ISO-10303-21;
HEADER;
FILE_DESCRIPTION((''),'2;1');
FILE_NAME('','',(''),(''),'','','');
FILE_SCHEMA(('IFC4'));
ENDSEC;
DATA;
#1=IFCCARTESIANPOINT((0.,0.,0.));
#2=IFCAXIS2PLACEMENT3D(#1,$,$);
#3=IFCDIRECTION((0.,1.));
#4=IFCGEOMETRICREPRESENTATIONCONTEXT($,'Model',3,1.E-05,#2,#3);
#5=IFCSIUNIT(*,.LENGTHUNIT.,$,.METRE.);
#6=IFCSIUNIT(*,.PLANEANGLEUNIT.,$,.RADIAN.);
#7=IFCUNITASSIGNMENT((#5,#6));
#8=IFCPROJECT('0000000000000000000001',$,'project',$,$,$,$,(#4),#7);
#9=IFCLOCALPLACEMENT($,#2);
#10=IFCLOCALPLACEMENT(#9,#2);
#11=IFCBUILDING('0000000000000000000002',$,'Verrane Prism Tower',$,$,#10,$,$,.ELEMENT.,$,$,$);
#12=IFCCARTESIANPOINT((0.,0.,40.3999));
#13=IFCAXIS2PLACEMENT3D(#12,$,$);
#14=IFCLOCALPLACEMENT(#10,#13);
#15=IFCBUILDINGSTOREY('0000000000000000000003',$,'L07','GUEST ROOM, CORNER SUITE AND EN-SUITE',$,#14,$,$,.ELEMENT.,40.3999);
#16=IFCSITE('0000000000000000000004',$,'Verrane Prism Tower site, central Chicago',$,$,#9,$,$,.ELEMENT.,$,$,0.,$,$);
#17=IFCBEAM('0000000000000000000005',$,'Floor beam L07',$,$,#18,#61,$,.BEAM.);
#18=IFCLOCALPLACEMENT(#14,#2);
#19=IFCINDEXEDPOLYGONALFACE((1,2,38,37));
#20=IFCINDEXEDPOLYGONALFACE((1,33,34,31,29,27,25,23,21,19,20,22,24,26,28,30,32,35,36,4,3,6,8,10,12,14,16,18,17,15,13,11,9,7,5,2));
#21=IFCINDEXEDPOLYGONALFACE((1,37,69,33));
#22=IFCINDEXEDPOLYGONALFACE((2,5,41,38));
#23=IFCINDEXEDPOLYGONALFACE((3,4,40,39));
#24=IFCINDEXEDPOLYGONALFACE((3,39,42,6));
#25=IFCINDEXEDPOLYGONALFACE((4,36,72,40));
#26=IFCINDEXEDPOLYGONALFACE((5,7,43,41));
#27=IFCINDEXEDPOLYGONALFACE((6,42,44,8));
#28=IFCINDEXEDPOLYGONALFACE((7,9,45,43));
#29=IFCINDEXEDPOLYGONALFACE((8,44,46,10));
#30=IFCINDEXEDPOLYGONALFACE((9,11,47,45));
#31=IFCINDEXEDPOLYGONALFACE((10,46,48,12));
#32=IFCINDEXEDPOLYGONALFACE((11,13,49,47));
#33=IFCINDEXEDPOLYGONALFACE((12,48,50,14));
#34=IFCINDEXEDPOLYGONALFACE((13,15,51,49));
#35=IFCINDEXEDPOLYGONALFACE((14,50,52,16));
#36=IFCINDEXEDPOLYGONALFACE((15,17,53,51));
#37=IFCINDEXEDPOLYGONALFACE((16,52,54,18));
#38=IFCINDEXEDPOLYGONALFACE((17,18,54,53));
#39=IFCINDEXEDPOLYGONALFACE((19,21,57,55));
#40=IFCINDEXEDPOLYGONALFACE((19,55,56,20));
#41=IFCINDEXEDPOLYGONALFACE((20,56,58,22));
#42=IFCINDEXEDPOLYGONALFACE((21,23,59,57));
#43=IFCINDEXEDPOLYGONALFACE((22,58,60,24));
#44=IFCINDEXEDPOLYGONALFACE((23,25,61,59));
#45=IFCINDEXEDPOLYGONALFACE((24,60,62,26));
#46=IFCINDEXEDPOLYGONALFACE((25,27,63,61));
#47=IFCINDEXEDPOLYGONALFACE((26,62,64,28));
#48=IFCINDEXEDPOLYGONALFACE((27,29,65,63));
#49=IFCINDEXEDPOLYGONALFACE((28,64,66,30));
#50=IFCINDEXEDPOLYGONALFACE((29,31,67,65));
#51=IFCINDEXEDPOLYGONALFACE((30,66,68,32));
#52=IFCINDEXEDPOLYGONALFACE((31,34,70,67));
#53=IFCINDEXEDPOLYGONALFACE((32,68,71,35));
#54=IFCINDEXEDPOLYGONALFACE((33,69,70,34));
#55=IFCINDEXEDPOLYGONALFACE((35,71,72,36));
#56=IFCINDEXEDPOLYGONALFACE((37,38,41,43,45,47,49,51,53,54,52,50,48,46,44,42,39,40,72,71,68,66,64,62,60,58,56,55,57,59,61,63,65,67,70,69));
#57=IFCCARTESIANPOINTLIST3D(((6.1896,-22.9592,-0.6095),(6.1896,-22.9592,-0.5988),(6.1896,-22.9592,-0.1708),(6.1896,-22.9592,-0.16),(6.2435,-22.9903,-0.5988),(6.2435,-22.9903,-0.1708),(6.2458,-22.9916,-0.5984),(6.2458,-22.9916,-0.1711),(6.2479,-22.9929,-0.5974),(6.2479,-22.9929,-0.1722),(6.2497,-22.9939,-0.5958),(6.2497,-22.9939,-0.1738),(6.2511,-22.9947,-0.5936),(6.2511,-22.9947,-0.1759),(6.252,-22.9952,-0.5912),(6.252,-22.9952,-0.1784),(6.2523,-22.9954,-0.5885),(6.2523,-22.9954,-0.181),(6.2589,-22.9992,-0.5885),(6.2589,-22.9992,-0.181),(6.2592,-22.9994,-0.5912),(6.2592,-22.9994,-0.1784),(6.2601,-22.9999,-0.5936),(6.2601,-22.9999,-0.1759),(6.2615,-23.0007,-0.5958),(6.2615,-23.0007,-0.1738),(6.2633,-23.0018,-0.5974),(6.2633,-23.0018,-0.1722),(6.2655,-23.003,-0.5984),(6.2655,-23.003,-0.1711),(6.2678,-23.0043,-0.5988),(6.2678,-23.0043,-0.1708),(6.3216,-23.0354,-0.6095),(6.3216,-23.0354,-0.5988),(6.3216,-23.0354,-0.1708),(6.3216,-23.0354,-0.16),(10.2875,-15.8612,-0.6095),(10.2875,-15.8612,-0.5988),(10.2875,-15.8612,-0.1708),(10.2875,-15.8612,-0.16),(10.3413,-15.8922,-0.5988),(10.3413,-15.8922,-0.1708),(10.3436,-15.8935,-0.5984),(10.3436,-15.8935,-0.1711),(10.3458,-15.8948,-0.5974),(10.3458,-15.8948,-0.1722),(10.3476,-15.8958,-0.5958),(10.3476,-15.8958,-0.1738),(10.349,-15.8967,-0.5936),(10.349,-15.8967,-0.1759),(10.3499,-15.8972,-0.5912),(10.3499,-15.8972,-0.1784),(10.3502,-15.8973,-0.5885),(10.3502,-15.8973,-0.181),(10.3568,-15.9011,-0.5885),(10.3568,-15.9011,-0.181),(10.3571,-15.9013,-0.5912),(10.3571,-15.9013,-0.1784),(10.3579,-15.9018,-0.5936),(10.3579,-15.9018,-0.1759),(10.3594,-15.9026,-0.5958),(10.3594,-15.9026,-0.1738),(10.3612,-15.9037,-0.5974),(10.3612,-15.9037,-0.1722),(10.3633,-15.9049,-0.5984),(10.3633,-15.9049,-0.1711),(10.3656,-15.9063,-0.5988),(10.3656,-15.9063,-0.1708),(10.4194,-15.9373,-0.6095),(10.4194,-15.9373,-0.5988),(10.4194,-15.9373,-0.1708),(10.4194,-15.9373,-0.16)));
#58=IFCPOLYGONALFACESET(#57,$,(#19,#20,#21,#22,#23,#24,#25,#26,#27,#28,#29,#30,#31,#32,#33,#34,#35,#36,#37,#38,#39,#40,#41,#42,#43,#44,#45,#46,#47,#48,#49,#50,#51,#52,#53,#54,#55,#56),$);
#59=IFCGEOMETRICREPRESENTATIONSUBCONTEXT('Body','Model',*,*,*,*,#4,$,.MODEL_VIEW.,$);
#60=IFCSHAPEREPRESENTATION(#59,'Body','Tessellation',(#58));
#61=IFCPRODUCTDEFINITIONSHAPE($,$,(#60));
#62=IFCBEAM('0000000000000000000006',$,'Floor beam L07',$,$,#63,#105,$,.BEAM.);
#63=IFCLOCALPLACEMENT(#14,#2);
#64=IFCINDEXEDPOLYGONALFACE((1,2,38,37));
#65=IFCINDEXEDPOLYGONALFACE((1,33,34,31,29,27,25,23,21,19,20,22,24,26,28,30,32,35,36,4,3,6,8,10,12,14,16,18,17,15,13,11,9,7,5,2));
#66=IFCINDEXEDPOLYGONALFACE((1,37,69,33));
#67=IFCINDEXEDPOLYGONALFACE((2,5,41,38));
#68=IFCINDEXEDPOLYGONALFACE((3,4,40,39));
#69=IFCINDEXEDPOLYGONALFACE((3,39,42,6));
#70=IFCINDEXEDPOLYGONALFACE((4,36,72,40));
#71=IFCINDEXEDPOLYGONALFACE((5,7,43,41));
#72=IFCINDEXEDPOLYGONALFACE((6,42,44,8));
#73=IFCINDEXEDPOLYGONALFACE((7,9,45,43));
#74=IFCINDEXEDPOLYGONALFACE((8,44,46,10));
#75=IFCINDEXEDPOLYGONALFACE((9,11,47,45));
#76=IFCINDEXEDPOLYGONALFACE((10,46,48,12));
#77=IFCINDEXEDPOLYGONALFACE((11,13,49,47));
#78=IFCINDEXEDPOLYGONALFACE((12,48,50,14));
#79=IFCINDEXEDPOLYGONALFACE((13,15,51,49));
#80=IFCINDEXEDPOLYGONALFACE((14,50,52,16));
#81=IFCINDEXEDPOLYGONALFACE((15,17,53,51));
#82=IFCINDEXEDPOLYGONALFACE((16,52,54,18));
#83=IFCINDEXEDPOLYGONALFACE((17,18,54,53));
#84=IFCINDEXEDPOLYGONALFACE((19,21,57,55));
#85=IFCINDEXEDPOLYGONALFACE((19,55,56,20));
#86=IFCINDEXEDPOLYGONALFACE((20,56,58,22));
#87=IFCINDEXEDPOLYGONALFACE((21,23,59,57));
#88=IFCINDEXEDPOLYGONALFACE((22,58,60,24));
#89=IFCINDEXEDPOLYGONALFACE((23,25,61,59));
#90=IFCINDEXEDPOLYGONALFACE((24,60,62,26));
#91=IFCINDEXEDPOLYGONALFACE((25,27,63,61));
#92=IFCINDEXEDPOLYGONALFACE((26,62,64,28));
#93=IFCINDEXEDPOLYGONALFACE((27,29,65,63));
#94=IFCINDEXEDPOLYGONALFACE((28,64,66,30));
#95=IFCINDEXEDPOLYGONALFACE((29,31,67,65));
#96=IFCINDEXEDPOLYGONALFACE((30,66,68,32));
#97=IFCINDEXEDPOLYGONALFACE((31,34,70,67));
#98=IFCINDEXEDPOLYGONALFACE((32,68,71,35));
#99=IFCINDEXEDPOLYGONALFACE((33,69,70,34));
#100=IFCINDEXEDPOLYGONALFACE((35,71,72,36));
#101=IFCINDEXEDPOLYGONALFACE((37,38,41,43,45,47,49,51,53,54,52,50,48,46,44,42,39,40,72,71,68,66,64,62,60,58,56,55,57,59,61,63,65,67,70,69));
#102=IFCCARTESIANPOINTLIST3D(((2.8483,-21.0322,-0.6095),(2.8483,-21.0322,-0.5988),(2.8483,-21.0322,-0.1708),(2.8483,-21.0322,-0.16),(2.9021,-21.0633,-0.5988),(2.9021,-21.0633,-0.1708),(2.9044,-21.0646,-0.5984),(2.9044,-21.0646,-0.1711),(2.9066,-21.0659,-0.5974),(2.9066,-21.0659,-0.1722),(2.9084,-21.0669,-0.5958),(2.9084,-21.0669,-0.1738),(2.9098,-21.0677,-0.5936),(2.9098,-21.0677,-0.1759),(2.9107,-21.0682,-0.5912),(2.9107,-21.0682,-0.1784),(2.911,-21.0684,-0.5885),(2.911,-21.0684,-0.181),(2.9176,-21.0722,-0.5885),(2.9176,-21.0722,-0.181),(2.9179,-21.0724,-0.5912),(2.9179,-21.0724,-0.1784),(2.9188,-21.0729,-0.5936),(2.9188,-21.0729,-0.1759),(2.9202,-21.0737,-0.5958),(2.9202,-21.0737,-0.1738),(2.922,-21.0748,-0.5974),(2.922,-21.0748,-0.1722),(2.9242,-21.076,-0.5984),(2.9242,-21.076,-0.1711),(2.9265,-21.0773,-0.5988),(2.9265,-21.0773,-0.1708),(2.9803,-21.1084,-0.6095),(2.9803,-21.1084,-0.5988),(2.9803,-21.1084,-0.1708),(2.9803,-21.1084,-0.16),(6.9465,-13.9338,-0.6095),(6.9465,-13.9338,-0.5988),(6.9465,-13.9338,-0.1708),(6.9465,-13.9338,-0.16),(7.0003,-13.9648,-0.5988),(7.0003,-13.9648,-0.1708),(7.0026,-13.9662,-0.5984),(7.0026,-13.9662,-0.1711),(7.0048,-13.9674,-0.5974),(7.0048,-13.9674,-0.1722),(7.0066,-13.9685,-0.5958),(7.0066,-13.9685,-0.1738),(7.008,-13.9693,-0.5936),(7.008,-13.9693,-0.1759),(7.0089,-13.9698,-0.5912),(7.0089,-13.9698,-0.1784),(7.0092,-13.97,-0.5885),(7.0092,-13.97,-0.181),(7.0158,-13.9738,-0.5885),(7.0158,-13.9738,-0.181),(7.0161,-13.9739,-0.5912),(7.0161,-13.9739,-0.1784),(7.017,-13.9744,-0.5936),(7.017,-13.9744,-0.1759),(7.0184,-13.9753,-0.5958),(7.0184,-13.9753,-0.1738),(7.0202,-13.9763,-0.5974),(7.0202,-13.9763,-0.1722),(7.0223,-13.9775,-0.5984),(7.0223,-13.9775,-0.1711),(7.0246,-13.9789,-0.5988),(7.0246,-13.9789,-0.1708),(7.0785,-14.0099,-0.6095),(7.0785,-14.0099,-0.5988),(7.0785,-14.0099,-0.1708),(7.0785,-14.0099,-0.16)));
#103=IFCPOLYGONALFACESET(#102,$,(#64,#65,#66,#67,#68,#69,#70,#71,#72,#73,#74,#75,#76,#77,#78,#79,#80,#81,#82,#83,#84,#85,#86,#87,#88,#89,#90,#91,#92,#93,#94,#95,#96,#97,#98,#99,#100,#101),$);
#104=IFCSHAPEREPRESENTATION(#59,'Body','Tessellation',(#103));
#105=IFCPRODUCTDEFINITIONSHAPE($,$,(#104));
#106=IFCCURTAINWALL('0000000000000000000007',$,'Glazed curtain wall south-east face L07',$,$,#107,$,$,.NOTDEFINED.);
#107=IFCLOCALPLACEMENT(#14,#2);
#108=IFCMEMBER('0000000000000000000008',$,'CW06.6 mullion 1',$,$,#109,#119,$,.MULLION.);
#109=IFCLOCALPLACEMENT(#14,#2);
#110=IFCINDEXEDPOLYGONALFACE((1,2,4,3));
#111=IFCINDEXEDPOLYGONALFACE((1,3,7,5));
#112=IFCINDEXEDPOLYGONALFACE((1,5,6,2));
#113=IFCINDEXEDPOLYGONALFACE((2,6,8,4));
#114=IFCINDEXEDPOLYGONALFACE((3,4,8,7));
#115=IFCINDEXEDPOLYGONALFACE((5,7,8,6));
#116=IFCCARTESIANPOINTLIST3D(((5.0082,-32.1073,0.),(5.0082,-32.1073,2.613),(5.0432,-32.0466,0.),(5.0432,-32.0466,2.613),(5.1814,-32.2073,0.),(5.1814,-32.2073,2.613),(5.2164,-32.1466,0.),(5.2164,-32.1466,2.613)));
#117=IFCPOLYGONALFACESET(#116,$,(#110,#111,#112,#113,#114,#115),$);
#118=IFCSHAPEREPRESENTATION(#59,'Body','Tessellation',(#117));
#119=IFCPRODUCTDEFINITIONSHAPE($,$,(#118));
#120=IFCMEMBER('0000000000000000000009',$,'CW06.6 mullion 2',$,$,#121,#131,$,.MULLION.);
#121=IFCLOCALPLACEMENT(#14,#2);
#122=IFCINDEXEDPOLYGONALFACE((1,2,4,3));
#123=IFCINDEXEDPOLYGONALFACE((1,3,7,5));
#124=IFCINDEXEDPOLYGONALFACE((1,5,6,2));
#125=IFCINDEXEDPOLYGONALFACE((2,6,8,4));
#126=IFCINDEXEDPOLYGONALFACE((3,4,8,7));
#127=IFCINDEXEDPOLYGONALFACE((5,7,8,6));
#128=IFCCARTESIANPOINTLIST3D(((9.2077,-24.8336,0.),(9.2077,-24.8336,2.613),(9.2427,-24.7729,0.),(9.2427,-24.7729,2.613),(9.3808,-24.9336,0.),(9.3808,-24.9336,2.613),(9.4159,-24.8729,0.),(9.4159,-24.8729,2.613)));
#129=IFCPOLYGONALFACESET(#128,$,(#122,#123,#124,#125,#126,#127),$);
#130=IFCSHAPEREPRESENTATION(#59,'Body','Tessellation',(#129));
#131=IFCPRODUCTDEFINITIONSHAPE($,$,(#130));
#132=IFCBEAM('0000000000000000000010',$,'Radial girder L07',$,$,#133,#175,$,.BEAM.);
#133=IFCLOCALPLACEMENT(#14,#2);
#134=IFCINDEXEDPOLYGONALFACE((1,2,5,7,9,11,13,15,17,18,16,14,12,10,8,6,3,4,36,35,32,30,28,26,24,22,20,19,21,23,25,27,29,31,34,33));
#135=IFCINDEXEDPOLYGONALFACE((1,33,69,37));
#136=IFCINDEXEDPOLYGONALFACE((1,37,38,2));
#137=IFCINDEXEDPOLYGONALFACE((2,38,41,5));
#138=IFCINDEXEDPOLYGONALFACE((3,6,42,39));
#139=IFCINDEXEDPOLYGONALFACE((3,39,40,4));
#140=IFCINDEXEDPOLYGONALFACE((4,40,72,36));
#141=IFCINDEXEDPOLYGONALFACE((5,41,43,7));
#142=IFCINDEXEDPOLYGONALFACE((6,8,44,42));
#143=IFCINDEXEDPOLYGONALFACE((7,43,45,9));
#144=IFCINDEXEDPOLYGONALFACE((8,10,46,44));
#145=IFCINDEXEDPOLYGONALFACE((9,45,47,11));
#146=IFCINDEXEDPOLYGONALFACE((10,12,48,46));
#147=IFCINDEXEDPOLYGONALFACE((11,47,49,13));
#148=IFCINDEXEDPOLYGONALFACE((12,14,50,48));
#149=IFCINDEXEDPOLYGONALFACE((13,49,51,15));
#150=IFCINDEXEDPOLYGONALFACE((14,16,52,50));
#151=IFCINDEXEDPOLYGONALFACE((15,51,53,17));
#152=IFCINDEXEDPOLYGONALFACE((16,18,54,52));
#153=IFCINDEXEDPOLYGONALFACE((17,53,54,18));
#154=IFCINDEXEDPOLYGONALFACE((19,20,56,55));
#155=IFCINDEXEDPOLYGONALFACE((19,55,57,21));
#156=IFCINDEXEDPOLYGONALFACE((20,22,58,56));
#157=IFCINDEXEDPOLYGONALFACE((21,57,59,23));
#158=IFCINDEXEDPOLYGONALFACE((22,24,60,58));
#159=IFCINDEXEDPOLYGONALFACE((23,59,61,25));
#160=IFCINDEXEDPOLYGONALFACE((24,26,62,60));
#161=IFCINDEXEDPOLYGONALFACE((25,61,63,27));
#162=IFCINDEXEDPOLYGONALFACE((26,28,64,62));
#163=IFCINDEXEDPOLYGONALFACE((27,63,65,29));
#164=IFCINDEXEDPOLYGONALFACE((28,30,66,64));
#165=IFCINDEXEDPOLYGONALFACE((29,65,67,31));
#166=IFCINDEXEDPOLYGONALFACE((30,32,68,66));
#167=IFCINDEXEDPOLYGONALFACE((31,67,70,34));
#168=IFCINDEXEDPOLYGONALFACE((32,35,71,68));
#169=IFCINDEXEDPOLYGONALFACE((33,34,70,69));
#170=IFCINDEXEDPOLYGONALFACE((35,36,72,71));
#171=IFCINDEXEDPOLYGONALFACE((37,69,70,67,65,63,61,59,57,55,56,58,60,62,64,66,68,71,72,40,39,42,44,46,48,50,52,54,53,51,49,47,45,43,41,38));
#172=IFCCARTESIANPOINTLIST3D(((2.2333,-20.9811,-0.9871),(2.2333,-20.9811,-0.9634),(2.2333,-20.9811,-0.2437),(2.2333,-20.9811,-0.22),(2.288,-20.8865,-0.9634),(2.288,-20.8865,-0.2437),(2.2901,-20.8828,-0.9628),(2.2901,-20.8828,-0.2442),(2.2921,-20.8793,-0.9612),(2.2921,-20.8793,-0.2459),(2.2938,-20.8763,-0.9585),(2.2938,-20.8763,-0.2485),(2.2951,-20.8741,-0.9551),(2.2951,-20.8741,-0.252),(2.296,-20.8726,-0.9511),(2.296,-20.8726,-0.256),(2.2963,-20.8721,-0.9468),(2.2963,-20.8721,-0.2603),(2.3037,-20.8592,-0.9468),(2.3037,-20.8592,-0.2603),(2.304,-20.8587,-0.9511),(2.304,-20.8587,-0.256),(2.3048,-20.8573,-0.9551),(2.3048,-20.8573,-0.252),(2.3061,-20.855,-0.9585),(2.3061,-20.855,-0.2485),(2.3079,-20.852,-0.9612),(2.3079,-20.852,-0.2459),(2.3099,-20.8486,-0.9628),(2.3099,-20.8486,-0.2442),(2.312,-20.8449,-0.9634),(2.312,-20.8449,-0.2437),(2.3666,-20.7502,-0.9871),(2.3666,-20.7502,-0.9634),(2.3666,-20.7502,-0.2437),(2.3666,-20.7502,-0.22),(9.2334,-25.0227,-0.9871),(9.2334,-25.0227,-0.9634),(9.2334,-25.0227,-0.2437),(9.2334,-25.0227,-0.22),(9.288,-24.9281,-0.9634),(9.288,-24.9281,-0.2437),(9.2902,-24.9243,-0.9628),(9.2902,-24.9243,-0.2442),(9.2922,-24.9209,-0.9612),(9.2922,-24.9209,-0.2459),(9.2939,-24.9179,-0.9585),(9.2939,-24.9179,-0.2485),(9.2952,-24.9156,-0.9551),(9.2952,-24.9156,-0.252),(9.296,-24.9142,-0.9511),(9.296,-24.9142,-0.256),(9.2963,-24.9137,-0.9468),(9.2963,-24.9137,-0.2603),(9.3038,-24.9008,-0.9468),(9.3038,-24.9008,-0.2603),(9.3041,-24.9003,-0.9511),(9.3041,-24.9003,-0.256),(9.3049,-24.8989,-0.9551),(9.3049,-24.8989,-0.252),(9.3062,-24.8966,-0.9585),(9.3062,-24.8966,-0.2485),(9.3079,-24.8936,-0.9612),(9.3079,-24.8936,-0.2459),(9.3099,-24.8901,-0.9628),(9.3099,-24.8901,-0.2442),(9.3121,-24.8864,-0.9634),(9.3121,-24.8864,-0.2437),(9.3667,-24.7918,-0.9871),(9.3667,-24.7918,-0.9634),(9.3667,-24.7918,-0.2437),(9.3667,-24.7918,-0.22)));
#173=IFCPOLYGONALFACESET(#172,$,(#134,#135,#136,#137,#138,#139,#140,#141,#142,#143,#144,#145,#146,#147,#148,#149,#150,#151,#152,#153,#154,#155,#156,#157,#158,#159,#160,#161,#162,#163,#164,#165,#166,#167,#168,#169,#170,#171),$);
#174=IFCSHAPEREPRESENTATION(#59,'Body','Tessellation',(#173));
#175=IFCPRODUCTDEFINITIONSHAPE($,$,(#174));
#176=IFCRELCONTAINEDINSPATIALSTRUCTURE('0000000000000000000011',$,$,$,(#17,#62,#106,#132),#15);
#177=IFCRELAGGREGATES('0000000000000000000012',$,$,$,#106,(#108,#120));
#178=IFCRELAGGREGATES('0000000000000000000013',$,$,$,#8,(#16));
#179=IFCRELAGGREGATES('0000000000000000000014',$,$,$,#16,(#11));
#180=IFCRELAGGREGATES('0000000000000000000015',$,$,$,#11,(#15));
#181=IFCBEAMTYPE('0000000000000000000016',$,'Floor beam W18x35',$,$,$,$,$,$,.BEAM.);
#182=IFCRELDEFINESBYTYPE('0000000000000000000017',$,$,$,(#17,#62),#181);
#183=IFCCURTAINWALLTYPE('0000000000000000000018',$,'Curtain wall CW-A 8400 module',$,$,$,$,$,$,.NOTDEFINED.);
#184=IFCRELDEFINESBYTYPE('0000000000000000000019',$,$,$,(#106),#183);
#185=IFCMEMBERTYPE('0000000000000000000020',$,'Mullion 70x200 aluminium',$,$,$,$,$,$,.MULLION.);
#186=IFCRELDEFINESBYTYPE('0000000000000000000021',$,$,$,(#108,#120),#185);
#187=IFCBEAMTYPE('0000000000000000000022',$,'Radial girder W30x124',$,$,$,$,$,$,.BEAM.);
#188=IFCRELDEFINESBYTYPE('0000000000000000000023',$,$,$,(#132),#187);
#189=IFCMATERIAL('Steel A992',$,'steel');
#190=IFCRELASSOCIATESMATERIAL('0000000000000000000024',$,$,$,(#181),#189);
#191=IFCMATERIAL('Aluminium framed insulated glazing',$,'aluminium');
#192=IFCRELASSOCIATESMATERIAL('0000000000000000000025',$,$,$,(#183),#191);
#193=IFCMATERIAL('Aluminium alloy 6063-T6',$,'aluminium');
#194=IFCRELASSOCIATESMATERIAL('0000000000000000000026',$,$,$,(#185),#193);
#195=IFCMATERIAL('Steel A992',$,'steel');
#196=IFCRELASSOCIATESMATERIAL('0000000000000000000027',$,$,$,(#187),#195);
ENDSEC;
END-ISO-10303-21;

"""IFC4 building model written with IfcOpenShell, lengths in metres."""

from ifc_helpers import new_model, si_unit, direction, frame, origin, origin_2d, place, context, subcontext, project, spatial, rectangle, i_section, extrude, material, material_profile, profile_set, type_object, element, aggregate, save


model = new_model("IFC4")

# Units and contexts
model_context = context("Model", 3, precision=1e-05, world=origin(), true_north=direction((0.0, 1.0)))
body_context = subcontext(model_context, "Body", "Model", "MODEL_VIEW")
ifc_project = project(units=[si_unit("LENGTHUNIT", "METRE"), si_unit("PLANEANGLEUNIT", "RADIAN")], contexts=[model_context])

# Site, building, storey
site_placement = place(None, origin())
site = spatial("IfcSite", under=ifc_project, at=site_placement, Name="Verrane Prism Tower site, central Chicago", CompositionType="ELEMENT", RefElevation=0.0)
building_placement = place(site_placement, origin())
building = spatial("IfcBuilding", under=site, at=building_placement, Name="Verrane Prism Tower", CompositionType="ELEMENT")
storey_placement = place(building_placement, frame((0.0, 0.0, 40.3999)))
storey = spatial("IfcBuildingStorey", under=building, at=storey_placement, Name="L07", Description="GUEST ROOM, CORNER SUITE AND EN-SUITE", CompositionType="ELEMENT", Elevation=40.3999)

# Beams
ifc_material_1 = material(Name="Steel A992", Category="steel")
ifc_material_profile_1 = material_profile(ifc_material_1, i_section(OverallWidth=0.1523, OverallDepth=0.4495, WebThickness=0.0076, FlangeThickness=0.0107, FilletRadius=0.0103, at=origin_2d()), Name="W18x35")
ifc_profile_set_1 = profile_set([ifc_material_profile_1], Name="Steel A992")
beam_type_1 = type_object("IfcBeamType", Name="Floor beam W18x35", PredefinedType="BEAM", material=ifc_profile_set_1)
beam_1_placement = place(storey_placement, frame((6.2556, -22.9973, -0.3848), z_axis=(0.49998, 0.866037, 0.0), x_axis=(-0.866037, 0.49998, 0.0)))
element("IfcBeam", 1, at=beam_1_placement, inside=storey, type_object=beam_type_1, Name="Floor beam L07", PredefinedType="BEAM", context=body_context, shape_type="SweptSolid", body=[
    extrude(i_section(OverallWidth=0.1523, OverallDepth=0.4495, WebThickness=0.0076, FlangeThickness=0.0107, FilletRadius=0.0103, at=origin_2d()), origin(), (0.0, 0.0, 1.0), 8.196),
])
beam_2_placement = place(storey_placement, frame((2.9143, -21.0703, -0.3848), z_axis=(0.49999, 0.866031, 0.0), x_axis=(-0.866031, 0.49999, 0.0)))
element("IfcBeam", 2, at=beam_2_placement, inside=storey, type_object=beam_type_1, Name="Floor beam L07", PredefinedType="BEAM", context=body_context, shape_type="SweptSolid", body=[
    extrude(i_section(OverallWidth=0.1523, OverallDepth=0.4495, WebThickness=0.0076, FlangeThickness=0.0107, FilletRadius=0.0103, at=origin_2d()), origin(), (0.0, 0.0, 1.0), 8.1965),
])

# Curtain wall, members
ifc_material_2 = material(Name="Aluminium framed insulated glazing", Category="aluminium")
curtain_wall_type = type_object("IfcCurtainWallType", Name="Curtain wall CW-A 8400 module", PredefinedType="NOTDEFINED", material=ifc_material_2)
curtain_wall_1_placement = place(storey_placement, origin())
curtain_wall_1 = element("IfcCurtainWall", 3, at=curtain_wall_1_placement, inside=storey, type_object=curtain_wall_type, Name="Glazed curtain wall south-east face L07", PredefinedType="NOTDEFINED")
ifc_material_3 = material(Name="Aluminium alloy 6063-T6", Category="aluminium")
ifc_material_profile_2 = material_profile(ifc_material_3, rectangle(XDim=0.2, YDim=0.0701, at=origin_2d()), Name="Mullion 70x200 aluminium")
ifc_profile_set_2 = profile_set([ifc_material_profile_2], Name="Aluminium alloy 6063-T6")
member_type_1 = type_object("IfcMemberType", Name="Mullion 70x200 aluminium", PredefinedType="MULLION", material=ifc_profile_set_2)
member_1_placement = place(storey_placement, frame((5.1123, -32.127, 0.0), z_axis=(0.0, 0.0, 1.0), x_axis=(-0.866025, 0.5, 0.0)))
member_1 = element("IfcMember", 4, at=member_1_placement, type_object=member_type_1, Name="CW06.6 mullion 1", PredefinedType="MULLION", context=body_context, shape_type="SweptSolid", body=[
    extrude(rectangle(XDim=0.2, YDim=0.0701, at=origin_2d()), origin(), (0.0, 0.0, 1.0), 2.613),
])
member_2_placement = place(storey_placement, frame((9.3118, -24.8533, 0.0), z_axis=(0.0, 0.0, 1.0), x_axis=(-0.866025, 0.5, 0.0)))
member_2 = element("IfcMember", 5, at=member_2_placement, type_object=member_type_1, Name="CW06.6 mullion 2", PredefinedType="MULLION", context=body_context, shape_type="SweptSolid", body=[
    extrude(rectangle(XDim=0.2, YDim=0.0701, at=origin_2d()), origin(), (0.0, 0.0, 1.0), 2.613),
])

# Beam
ifc_material_4 = material(Name="Steel A992", Category="steel")
ifc_material_profile_3 = material_profile(ifc_material_4, i_section(OverallWidth=0.2666, OverallDepth=0.7671, WebThickness=0.0149, FlangeThickness=0.0237, FilletRadius=0.0166, at=origin_2d()), Name="W30x124")
ifc_profile_set_3 = profile_set([ifc_material_profile_3], Name="Steel A992")
beam_type_2 = type_object("IfcBeamType", Name="Radial girder W30x124", PredefinedType="BEAM", material=ifc_profile_set_3)
beam_3_placement = place(storey_placement, frame((9.3, -24.9072, -0.6035), z_axis=(-0.866023, 0.500005, 0.0), x_axis=(-0.500005, -0.866023, 0.0)))
element("IfcBeam", 6, at=beam_3_placement, inside=storey, type_object=beam_type_2, Name="Radial girder L07", PredefinedType="BEAM", context=body_context, shape_type="SweptSolid", body=[
    extrude(i_section(OverallWidth=0.2666, OverallDepth=0.7671, WebThickness=0.0149, FlangeThickness=0.0237, FilletRadius=0.0166, at=origin_2d()), origin(), (0.0, 0.0, 1.0), 8.083),
])

aggregate(curtain_wall_1, [member_1, member_2])

save(model, "model.ifc")
